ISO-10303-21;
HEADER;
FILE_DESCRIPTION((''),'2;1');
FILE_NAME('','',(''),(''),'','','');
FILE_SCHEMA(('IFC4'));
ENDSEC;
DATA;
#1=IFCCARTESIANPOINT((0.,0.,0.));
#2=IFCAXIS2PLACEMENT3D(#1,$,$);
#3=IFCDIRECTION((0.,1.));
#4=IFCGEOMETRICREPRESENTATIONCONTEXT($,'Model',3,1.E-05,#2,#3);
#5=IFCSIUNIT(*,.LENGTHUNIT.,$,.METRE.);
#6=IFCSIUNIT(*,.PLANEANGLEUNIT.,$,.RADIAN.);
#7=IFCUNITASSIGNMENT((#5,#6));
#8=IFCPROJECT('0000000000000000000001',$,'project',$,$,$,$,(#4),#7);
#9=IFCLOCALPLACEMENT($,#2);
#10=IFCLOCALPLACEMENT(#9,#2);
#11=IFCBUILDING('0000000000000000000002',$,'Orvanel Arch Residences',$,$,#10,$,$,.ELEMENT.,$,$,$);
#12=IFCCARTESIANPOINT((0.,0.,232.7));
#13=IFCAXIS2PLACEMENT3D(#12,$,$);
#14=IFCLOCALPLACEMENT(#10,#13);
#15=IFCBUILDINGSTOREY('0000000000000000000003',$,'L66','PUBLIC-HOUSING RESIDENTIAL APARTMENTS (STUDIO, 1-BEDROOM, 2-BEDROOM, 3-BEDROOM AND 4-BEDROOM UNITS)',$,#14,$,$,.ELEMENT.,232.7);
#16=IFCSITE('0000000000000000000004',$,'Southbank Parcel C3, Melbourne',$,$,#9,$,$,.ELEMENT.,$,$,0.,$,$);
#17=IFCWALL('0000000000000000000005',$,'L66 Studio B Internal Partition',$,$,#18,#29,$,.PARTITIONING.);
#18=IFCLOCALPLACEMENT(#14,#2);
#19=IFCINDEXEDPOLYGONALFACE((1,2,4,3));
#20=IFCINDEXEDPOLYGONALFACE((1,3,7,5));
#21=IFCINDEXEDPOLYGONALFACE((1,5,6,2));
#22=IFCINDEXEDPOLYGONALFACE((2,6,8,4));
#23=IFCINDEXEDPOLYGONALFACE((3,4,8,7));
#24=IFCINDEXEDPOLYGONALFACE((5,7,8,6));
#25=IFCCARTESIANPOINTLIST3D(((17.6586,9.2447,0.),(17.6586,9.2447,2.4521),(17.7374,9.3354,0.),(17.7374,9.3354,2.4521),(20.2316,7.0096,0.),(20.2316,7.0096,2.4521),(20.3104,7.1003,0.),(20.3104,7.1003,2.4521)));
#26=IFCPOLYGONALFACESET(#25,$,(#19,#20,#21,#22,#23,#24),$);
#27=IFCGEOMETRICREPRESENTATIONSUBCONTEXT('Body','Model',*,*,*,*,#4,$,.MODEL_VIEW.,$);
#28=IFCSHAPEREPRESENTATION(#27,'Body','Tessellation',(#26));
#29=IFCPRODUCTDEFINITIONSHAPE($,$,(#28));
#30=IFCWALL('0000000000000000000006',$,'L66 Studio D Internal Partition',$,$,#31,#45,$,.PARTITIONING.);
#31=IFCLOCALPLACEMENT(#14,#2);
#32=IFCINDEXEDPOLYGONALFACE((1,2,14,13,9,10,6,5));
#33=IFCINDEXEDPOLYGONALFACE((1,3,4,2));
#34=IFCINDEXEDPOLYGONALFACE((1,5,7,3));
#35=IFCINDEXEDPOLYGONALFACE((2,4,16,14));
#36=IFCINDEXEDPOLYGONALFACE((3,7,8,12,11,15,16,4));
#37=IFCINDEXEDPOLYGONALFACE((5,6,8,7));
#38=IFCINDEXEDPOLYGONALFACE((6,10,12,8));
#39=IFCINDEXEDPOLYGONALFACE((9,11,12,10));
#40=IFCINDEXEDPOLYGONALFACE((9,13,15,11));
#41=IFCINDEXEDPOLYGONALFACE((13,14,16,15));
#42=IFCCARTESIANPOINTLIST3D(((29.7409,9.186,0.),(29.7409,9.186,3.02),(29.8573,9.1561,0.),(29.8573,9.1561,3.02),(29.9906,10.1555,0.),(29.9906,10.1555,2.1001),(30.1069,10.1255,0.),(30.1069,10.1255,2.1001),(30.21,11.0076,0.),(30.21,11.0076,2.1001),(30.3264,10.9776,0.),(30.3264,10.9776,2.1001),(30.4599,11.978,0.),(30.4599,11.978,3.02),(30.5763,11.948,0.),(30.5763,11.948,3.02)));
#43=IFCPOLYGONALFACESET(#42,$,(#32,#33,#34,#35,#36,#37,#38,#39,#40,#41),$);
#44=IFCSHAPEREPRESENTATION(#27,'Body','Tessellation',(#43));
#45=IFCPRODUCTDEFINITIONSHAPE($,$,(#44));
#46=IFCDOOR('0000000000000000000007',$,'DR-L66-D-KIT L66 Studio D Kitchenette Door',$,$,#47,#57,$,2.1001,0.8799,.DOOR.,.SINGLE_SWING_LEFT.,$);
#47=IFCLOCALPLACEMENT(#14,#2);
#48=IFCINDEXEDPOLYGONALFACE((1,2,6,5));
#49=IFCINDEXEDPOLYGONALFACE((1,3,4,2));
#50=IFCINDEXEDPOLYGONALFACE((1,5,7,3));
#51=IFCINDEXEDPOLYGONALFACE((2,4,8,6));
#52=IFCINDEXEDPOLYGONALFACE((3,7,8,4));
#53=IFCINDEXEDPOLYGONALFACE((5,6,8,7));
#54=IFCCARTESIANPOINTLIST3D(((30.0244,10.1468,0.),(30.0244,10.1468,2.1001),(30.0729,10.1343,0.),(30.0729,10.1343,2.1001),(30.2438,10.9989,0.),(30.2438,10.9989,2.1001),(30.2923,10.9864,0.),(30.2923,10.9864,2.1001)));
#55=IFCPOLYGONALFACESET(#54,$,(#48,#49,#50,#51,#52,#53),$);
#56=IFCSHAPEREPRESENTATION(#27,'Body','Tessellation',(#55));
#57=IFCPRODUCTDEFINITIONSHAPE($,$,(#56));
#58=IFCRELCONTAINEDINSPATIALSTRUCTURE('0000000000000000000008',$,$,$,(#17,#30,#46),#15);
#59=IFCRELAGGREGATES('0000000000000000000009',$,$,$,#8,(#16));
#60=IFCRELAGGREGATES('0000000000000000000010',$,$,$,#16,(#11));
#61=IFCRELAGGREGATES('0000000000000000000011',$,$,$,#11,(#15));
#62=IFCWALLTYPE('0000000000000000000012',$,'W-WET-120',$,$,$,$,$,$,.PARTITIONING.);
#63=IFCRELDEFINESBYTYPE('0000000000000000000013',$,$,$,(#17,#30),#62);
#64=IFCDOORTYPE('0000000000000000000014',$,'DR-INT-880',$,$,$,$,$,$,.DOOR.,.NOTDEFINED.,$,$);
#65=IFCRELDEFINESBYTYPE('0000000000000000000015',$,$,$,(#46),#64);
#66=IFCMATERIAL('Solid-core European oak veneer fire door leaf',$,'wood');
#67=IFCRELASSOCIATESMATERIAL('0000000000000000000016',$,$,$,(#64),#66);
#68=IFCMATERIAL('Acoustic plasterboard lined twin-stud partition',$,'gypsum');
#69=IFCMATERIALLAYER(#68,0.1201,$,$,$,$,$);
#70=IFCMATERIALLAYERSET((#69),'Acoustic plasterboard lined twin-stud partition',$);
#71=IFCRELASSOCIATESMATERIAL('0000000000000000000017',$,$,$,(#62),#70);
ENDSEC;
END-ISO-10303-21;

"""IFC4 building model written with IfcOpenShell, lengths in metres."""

from ifc_helpers import new_model, si_unit, direction, frame, frame_2d, origin, place, context, subcontext, project, spatial, rectangle, extrude, material, layer, layer_set, type_object, element, fill, save


model = new_model("IFC4")

# Units and contexts
model_context = context("Model", 3, precision=1e-05, world=origin(), true_north=direction((0.0, 1.0)))
body_context = subcontext(model_context, "Body", "Model", "MODEL_VIEW")
ifc_project = project(units=[si_unit("LENGTHUNIT", "METRE"), si_unit("PLANEANGLEUNIT", "RADIAN")], contexts=[model_context])

# Site, building, storey
site_placement = place(None, origin())
site = spatial("IfcSite", under=ifc_project, at=site_placement, Name="Southbank Parcel C3, Melbourne", CompositionType="ELEMENT", RefElevation=0.0)
building_placement = place(site_placement, origin())
building = spatial("IfcBuilding", under=site, at=building_placement, Name="Orvanel Arch Residences", CompositionType="ELEMENT")
storey_placement = place(building_placement, frame((0.0, 0.0, 232.7)))
storey = spatial("IfcBuildingStorey", under=building, at=storey_placement, Name="L66", Description="PUBLIC-HOUSING RESIDENTIAL APARTMENTS (STUDIO, 1-BEDROOM, 2-BEDROOM, 3-BEDROOM AND 4-BEDROOM UNITS)", CompositionType="ELEMENT", Elevation=232.7)

# Shared definitions
ifc_material_1 = material(Name="Acoustic plasterboard lined twin-stud partition", Category="gypsum")
ifc_material_2 = material(Name="Solid-core European oak veneer fire door leaf", Category="wood")
door_type_1 = type_object("IfcDoorType", Name="DR-INT-880", OperationType="NOTDEFINED", PredefinedType="DOOR", material=ifc_material_2)

# Shared definitions
ifc_layer_1 = layer(ifc_material_1, 0.1201)
ifc_layer_set_1 = layer_set([ifc_layer_1], Name="Acoustic plasterboard lined twin-stud partition")
wall_type_1 = type_object("IfcWallType", Name="W-WET-120", PredefinedType="PARTITIONING", material=ifc_layer_set_1)

# Wall
wall_1_placement = place(storey_placement, frame((20.271, 7.0549, 0.0), z_axis=(0.0, 0.0, 1.0), x_axis=(-0.754937, 0.655797, 0.0)))
element("IfcWall", 1, at=wall_1_placement, inside=storey, type_object=wall_type_1, Name="L66 Studio B Internal Partition", PredefinedType="PARTITIONING", context=body_context, shape_type="SweptSolid", body=[
    extrude(rectangle(XDim=3.4082, YDim=0.1201, at=frame_2d((1.7041, 0.0))), origin(), (0.0, 0.0, 1.0), 2.4521),
])

# Wall, opening, door
wall_2_placement = place(storey_placement, frame((30.5181, 11.9629, 0.0), z_axis=(0.0, 0.0, 1.0), x_axis=(-0.249384, -0.968405, 0.0)))
wall_2 = element("IfcWall", 2, at=wall_2_placement, inside=storey, type_object=wall_type_1, Name="L66 Studio D Internal Partition", PredefinedType="PARTITIONING", context=body_context, shape_type="SweptSolid", body=[
    extrude(rectangle(XDim=2.8831, YDim=0.1201, at=frame_2d((1.4414, 0.0))), origin(), (0.0, 0.0, 1.0), 3.02),
])
opening_1_placement = place(wall_2_placement, frame((1.002, 0.0, 0.0)))
opening_1 = element("IfcOpeningElement", 3, at=opening_1_placement, cuts=wall_2, PredefinedType="OPENING", context=body_context, shape_type="SweptSolid", body=[
    extrude(rectangle(XDim=0.8799, YDim=2.1001, at=frame_2d((0.4399, 1.05))), frame((0.0, 0.0701, 0.0), z_axis=(0.0, -1.0, 0.0), x_axis=(1.0, 0.0, 0.0)), (0.0, 0.0, 1.0), 0.1401),
])
door_1_placement = place(opening_1_placement, origin())
door_1 = element("IfcDoor", 4, at=door_1_placement, inside=storey, type_object=door_type_1, Name="DR-L66-D-KIT L66 Studio D Kitchenette Door", OperationType="SINGLE_SWING_LEFT", OverallHeight=2.1001, OverallWidth=0.8799, PredefinedType="DOOR", context=body_context, shape_type="SweptSolid", body=[
    extrude(rectangle(XDim=0.8799, YDim=2.1001, at=frame_2d((0.4399, 1.05))), frame((0.0, 0.0249, 0.0), z_axis=(0.0, -1.0, 0.0), x_axis=(1.0, 0.0, 0.0)), (0.0, 0.0, 1.0), 0.05),
])
fill(opening_1, door_1)

save(model, "model.ifc")
